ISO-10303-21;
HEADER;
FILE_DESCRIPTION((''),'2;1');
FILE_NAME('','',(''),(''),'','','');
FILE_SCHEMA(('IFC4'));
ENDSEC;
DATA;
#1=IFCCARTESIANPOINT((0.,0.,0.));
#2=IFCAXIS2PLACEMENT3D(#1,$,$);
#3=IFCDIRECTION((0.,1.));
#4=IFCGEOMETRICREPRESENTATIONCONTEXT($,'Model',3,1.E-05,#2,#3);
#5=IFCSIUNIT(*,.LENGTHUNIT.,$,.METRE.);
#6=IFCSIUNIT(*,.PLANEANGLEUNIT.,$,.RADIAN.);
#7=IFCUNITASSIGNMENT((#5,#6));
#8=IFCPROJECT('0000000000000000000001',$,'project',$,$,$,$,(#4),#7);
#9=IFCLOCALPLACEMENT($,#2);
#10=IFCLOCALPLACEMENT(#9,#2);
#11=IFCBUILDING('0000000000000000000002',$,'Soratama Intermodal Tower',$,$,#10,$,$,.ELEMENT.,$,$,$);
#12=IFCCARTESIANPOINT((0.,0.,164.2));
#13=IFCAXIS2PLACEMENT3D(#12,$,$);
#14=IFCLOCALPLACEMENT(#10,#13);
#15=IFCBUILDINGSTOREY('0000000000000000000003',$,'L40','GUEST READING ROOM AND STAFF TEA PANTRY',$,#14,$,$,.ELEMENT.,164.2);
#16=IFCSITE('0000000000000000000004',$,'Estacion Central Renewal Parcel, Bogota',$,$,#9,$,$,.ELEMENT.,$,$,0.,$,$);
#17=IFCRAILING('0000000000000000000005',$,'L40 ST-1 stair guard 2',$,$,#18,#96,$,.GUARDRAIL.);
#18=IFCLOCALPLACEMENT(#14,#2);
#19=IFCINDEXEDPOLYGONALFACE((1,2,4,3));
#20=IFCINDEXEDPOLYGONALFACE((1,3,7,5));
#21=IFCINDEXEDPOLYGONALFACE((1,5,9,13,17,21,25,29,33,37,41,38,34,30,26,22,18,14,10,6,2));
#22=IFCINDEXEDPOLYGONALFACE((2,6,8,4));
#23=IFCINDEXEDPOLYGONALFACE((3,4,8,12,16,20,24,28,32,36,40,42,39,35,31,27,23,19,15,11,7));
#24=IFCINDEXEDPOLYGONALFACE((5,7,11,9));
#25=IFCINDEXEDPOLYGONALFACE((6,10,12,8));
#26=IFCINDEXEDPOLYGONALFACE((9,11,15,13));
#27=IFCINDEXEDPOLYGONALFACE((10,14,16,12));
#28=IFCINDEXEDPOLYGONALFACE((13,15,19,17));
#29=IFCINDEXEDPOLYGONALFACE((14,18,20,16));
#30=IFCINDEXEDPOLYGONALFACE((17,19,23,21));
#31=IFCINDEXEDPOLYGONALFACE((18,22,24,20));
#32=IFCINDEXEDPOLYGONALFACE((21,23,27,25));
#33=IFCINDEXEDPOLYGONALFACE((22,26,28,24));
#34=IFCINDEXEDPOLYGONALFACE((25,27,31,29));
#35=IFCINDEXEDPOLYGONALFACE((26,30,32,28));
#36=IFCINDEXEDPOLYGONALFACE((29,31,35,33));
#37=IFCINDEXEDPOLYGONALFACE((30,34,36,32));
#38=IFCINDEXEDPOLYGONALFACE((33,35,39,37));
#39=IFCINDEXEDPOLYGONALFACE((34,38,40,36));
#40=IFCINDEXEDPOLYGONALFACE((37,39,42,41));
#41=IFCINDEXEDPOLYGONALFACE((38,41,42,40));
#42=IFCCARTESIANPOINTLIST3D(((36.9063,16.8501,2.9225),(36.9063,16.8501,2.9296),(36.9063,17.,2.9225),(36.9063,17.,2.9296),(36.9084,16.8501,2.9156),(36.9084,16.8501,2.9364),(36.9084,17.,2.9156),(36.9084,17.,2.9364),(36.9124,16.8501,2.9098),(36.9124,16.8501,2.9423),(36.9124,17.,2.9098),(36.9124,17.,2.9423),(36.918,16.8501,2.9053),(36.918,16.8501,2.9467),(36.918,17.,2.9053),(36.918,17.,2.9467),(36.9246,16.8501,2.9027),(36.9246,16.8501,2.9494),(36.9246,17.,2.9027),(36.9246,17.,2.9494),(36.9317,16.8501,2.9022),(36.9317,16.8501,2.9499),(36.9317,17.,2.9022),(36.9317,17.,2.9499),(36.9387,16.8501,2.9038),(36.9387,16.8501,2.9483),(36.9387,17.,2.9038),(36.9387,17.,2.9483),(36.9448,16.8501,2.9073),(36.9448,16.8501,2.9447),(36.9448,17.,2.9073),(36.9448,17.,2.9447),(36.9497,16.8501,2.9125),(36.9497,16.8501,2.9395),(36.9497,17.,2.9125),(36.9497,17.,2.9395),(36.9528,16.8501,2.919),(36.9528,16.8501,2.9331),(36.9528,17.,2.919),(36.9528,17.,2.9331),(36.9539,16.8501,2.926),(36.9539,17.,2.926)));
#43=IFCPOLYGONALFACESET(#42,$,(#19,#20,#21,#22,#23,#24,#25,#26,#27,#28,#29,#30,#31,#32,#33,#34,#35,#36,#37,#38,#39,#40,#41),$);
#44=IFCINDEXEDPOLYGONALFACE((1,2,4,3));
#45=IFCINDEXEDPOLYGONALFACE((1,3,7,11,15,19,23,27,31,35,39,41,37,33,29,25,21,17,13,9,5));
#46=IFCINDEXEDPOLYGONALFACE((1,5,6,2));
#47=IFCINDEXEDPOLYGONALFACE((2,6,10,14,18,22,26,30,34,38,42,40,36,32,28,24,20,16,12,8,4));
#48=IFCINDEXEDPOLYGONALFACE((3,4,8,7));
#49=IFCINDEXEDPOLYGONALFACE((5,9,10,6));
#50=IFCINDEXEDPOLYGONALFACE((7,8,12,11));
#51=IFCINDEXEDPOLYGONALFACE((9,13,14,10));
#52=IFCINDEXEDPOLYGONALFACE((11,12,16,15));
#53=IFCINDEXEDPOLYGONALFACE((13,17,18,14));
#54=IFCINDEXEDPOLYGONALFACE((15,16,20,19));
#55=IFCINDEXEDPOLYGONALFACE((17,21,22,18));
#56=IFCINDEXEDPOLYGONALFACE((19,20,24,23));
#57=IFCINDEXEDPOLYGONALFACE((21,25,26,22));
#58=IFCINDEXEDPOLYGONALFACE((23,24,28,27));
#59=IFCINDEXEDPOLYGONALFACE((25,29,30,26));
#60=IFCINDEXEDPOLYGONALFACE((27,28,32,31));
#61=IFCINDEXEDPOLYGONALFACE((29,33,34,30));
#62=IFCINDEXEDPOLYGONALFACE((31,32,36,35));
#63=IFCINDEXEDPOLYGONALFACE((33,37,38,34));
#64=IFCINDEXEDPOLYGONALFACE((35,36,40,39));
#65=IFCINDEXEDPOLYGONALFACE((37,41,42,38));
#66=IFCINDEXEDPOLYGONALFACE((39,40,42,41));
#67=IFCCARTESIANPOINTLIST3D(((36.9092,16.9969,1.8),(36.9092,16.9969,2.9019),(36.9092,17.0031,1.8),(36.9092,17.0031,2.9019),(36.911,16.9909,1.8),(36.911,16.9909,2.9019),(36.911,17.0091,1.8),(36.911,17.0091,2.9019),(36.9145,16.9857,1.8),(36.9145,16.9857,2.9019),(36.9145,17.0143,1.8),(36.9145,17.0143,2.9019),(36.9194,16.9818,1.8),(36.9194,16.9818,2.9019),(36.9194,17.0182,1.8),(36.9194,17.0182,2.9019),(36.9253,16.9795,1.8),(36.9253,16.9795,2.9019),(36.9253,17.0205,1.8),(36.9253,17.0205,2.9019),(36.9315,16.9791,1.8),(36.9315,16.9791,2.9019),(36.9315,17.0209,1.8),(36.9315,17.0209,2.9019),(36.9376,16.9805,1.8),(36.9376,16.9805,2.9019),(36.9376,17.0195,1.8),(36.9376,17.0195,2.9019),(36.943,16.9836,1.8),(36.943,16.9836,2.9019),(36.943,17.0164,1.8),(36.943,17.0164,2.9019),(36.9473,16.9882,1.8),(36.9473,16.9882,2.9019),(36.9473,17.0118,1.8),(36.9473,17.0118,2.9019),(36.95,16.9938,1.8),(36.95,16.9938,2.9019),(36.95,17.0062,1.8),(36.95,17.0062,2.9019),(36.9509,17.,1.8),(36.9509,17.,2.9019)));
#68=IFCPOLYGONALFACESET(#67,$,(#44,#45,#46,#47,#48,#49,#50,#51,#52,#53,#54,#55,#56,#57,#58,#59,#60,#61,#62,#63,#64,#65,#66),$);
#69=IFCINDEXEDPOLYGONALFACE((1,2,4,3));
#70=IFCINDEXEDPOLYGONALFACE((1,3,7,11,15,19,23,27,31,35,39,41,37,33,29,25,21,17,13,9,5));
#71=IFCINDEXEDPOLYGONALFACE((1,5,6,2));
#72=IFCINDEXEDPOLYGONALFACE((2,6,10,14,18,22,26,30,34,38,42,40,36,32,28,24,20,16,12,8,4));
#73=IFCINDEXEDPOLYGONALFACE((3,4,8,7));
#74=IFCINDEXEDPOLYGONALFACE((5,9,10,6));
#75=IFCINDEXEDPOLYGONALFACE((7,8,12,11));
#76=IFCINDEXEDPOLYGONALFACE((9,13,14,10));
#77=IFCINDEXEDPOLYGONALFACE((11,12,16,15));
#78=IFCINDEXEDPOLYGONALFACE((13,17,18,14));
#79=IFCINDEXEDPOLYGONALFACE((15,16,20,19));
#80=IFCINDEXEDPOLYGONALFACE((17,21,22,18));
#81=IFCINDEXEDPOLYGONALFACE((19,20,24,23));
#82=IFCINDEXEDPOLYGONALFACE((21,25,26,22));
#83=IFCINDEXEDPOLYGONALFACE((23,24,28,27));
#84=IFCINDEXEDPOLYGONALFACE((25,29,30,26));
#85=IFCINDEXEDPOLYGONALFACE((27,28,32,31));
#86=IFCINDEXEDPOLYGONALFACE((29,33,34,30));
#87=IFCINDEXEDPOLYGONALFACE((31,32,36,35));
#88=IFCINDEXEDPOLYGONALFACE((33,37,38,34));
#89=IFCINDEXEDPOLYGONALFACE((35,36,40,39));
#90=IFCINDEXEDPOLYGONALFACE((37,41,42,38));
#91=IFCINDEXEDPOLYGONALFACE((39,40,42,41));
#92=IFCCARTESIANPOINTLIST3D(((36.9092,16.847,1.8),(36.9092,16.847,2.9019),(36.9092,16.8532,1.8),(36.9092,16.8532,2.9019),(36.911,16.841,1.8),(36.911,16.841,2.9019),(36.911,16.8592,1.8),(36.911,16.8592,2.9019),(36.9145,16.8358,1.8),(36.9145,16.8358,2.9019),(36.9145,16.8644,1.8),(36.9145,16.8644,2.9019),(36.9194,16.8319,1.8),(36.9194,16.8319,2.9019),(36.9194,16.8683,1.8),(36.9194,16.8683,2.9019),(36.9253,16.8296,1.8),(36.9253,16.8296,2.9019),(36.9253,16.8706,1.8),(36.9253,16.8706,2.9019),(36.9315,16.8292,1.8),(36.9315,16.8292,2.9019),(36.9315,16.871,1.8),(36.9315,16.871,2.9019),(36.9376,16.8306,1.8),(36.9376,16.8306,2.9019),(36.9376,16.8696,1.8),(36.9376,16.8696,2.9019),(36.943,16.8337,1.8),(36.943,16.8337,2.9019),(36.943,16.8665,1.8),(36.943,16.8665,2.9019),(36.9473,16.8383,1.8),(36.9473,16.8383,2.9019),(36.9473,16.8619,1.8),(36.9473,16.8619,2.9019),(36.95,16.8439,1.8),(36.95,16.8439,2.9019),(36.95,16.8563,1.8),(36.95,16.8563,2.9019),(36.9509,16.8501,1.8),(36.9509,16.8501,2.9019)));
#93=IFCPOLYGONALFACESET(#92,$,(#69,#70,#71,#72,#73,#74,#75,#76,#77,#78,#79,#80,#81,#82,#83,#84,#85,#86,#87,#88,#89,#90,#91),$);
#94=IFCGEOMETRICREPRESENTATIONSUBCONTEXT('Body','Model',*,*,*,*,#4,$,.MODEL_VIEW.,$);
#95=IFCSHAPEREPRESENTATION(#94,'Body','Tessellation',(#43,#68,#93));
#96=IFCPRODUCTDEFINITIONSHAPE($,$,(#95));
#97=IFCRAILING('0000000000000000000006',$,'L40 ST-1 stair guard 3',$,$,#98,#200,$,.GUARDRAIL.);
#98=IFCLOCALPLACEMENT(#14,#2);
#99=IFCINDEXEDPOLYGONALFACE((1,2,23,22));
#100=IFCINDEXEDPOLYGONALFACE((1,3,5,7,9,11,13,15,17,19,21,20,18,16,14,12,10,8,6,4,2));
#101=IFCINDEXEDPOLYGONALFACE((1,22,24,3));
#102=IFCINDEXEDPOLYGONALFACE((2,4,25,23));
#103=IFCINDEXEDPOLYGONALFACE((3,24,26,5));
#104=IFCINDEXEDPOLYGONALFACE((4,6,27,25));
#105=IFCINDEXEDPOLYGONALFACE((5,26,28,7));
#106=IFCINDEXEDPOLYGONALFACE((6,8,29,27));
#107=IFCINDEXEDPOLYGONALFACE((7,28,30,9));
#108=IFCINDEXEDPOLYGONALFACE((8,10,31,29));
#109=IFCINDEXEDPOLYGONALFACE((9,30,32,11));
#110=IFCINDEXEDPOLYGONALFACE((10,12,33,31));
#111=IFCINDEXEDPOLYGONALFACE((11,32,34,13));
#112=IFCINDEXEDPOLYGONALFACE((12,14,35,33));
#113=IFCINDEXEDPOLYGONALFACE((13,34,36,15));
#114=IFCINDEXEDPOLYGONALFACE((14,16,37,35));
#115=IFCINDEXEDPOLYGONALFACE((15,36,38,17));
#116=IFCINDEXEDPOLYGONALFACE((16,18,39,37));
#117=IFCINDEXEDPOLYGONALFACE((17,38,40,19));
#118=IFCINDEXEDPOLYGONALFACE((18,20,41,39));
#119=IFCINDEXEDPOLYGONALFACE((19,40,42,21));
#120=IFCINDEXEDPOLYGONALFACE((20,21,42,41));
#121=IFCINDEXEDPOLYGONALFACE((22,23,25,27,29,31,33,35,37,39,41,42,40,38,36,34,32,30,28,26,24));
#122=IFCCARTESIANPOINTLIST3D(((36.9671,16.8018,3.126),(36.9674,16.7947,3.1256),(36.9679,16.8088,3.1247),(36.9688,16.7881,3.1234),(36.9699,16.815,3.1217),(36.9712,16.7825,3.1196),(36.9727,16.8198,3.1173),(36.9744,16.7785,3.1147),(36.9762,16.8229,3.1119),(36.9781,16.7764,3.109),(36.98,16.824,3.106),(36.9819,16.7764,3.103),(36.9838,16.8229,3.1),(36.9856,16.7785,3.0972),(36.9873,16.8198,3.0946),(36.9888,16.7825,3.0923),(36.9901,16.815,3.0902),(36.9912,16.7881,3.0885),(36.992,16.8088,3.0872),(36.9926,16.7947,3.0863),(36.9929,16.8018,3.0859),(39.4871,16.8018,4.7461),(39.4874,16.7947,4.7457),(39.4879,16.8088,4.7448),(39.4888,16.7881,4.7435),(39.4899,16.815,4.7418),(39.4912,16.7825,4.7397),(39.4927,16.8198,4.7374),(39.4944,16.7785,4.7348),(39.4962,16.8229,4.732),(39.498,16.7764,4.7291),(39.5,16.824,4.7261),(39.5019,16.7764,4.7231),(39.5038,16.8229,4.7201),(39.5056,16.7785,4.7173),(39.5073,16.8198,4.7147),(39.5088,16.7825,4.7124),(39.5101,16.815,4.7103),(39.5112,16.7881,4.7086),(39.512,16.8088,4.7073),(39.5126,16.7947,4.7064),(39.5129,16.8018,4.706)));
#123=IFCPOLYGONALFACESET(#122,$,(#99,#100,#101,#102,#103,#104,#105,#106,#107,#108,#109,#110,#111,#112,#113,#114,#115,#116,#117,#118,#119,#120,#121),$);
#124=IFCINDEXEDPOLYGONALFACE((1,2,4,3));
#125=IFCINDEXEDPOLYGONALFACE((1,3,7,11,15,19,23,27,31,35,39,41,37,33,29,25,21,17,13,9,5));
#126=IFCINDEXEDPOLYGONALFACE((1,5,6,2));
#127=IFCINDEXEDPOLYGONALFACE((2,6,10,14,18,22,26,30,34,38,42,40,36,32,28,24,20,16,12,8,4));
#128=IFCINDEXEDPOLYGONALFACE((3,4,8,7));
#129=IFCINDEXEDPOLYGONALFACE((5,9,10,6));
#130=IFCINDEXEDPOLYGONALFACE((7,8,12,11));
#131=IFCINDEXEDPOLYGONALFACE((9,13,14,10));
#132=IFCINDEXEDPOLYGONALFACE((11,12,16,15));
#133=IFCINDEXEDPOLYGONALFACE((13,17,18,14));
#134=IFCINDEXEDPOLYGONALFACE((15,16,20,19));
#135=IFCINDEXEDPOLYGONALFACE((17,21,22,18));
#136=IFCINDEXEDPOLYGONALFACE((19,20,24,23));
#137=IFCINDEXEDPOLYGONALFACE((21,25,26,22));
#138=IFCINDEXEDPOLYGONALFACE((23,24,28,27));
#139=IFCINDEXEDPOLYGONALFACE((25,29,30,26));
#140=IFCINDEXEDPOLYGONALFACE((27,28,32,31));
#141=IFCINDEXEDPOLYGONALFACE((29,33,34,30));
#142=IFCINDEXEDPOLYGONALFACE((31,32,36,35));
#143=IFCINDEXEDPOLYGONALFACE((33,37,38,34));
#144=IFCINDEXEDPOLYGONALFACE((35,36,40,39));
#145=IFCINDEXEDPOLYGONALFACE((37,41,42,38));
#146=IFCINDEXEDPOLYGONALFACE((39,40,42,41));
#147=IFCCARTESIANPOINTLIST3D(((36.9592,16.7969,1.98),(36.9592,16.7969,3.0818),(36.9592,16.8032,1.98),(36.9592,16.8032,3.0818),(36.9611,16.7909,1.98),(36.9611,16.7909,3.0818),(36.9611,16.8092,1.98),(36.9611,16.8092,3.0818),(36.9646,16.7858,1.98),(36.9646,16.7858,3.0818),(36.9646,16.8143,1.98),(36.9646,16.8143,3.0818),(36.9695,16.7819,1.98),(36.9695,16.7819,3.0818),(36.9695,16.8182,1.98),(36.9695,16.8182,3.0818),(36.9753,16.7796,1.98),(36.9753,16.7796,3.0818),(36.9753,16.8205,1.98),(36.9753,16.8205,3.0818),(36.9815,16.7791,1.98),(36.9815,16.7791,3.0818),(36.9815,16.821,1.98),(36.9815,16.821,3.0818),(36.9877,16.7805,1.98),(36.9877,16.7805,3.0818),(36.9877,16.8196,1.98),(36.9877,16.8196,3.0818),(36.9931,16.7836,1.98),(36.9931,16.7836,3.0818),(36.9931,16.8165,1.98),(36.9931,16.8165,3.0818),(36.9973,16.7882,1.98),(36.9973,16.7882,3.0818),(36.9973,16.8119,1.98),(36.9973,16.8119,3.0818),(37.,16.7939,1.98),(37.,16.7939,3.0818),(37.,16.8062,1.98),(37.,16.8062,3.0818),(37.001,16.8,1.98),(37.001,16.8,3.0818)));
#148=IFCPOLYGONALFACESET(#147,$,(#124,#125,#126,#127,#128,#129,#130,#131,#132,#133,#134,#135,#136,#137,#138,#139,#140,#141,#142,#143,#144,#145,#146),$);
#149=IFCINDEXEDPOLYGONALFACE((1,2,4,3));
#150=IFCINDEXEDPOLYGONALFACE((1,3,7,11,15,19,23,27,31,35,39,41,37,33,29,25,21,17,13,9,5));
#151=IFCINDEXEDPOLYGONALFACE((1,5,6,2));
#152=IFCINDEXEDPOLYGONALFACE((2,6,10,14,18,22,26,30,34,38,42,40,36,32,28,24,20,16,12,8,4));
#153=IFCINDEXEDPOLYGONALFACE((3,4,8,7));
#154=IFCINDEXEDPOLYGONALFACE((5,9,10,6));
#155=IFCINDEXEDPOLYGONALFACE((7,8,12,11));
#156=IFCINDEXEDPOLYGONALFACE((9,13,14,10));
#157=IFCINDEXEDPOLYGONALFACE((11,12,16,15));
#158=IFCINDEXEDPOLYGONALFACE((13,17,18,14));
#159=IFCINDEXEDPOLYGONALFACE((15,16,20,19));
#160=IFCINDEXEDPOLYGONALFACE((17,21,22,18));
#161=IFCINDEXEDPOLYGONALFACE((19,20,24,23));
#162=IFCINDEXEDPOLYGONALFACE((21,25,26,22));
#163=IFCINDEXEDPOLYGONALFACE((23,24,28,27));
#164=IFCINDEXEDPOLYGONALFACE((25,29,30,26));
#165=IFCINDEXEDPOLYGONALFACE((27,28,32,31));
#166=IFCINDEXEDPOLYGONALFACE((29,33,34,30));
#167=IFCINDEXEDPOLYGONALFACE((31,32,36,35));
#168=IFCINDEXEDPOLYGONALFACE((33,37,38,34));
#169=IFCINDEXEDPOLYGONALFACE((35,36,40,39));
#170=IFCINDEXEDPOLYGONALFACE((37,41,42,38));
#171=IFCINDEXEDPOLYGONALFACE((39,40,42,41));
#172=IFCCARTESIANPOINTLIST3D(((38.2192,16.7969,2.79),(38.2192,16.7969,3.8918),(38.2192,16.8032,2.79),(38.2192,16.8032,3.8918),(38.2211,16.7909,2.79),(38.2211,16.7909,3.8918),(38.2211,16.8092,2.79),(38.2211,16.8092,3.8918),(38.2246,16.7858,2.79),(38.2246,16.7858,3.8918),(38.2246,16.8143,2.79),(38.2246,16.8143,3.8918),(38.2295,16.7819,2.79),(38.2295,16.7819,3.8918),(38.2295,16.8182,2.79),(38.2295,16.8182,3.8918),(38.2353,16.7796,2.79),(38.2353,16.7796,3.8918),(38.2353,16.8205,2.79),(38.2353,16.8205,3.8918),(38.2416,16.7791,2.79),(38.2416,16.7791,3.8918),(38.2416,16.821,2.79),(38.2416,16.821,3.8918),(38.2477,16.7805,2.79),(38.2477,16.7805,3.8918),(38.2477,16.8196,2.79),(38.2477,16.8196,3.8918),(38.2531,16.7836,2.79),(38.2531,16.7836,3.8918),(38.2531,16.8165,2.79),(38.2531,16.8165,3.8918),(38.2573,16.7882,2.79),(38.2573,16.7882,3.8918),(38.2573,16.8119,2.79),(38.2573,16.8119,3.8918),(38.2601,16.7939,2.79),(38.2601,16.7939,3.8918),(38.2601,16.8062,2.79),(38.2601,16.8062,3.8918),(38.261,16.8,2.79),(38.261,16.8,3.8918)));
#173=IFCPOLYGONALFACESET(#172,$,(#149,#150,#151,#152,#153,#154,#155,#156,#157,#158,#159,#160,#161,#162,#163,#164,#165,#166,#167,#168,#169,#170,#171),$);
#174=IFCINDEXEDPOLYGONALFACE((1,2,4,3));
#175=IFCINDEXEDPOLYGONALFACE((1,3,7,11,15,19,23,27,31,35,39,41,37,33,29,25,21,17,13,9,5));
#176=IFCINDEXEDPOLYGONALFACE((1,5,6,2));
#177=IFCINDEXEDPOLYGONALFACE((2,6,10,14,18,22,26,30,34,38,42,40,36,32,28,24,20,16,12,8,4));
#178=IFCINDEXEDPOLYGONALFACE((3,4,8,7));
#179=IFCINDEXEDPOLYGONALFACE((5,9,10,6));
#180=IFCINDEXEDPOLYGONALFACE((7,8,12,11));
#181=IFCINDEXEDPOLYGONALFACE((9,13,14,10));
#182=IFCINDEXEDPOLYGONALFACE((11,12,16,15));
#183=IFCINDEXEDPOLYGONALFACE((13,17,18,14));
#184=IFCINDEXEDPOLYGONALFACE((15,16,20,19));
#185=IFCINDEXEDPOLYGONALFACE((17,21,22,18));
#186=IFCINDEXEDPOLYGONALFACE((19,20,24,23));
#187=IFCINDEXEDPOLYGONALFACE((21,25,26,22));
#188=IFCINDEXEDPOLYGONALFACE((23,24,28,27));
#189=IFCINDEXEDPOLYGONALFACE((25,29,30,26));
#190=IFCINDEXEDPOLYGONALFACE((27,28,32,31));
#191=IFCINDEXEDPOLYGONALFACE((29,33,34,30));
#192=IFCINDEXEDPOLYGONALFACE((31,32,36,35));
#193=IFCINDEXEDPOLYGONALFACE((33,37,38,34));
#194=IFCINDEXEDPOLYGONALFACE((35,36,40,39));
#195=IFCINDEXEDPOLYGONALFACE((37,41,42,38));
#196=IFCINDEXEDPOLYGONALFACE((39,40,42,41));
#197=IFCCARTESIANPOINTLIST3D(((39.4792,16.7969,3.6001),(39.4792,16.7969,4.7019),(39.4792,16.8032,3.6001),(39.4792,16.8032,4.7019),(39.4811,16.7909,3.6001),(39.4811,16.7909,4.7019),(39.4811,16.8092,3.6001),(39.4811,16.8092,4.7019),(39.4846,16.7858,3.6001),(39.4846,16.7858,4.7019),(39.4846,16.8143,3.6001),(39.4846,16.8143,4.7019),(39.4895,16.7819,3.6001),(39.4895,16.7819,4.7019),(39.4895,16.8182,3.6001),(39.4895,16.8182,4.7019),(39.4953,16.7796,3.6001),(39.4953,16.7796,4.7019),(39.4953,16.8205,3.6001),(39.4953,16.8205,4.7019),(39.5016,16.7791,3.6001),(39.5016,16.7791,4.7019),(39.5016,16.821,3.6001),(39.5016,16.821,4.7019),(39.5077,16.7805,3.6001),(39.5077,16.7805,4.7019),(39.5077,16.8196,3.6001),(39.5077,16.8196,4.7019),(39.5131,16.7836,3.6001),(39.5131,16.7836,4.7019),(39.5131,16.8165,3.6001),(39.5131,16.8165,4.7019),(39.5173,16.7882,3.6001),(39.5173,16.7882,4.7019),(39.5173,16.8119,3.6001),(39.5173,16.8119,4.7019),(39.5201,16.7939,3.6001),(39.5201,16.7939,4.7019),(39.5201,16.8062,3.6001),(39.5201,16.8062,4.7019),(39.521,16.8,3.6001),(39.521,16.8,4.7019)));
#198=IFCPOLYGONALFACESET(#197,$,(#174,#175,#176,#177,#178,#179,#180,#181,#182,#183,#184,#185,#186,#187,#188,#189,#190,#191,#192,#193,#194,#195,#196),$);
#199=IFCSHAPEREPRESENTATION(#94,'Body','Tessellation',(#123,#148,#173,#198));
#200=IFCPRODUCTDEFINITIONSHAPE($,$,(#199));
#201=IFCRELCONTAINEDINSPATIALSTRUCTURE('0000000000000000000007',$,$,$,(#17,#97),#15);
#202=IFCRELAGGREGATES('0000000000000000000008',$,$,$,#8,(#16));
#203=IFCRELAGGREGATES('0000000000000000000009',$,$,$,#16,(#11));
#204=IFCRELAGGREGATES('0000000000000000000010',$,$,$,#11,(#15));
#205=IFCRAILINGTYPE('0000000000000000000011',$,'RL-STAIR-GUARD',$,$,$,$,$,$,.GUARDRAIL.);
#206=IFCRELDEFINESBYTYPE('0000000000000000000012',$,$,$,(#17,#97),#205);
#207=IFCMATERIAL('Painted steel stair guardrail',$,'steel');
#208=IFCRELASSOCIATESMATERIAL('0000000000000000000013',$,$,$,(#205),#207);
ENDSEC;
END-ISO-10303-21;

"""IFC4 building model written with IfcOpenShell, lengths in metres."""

from ifc_helpers import new_model, si_unit, direction, frame, origin, origin_2d, place, context, subcontext, project, spatial, circle, extrude, material, type_object, element, save


model = new_model("IFC4")

# Units and contexts
model_context = context("Model", 3, precision=1e-05, world=origin(), true_north=direction((0.0, 1.0)))
body_context = subcontext(model_context, "Body", "Model", "MODEL_VIEW")
ifc_project = project(units=[si_unit("LENGTHUNIT", "METRE"), si_unit("PLANEANGLEUNIT", "RADIAN")], contexts=[model_context])

# Site, building, storey
site_placement = place(None, origin())
site = spatial("IfcSite", under=ifc_project, at=site_placement, Name="Estacion Central Renewal Parcel, Bogota", CompositionType="ELEMENT", RefElevation=0.0)
building_placement = place(site_placement, origin())
building = spatial("IfcBuilding", under=site, at=building_placement, Name="Soratama Intermodal Tower", CompositionType="ELEMENT")
storey_placement = place(building_placement, frame((0.0, 0.0, 164.2)))
storey = spatial("IfcBuildingStorey", under=building, at=storey_placement, Name="L40", Description="GUEST READING ROOM AND STAFF TEA PANTRY", CompositionType="ELEMENT", Elevation=164.2)

# Railings
ifc_material_1 = material(Name="Painted steel stair guardrail", Category="steel")
railing_type_1 = type_object("IfcRailingType", Name="RL-STAIR-GUARD", PredefinedType="GUARDRAIL", material=ifc_material_1)
railing_1_placement = place(storey_placement, frame((36.9299, 17.0, 1.8)))
element("IfcRailing", 1, at=railing_1_placement, inside=storey, type_object=railing_type_1, Name="L40 ST-1 stair guard 2", PredefinedType="GUARDRAIL", context=body_context, shape_type="SweptSolid", body=[
    extrude(circle(Radius=0.0239, at=origin_2d()), frame((0.0, 0.0, 1.126), z_axis=(0.0, -1.0, 0.0), x_axis=(1.0, 0.0, 0.0)), (0.0, 0.0, 1.0), 0.1499),
    extrude(circle(Radius=0.021, at=origin_2d()), origin(), (0.0, 0.0, 1.0), 1.1018),
    extrude(circle(Radius=0.021, at=origin_2d()), frame((0.0, -0.1499, 0.0)), (0.0, 0.0, 1.0), 1.1018),
])
railing_2_placement = place(storey_placement, frame((36.98, 16.8, 1.98)))
element("IfcRailing", 2, at=railing_2_placement, inside=storey, type_object=railing_type_1, Name="L40 ST-1 stair guard 3", PredefinedType="GUARDRAIL", context=body_context, shape_type="SweptSolid", body=[
    extrude(circle(Radius=0.0239, at=origin_2d()), frame((0.0, 0.0, 1.126), z_axis=(0.841163, 0.0, 0.540782), x_axis=(0.0, 1.0, 0.0)), (0.0, 0.0, 1.0), 2.9958),
    extrude(circle(Radius=0.021, at=origin_2d()), origin(), (0.0, 0.0, 1.0), 1.1018),
    extrude(circle(Radius=0.021, at=origin_2d()), frame((1.26, 0.0, 0.8101)), (0.0, 0.0, 1.0), 1.1018),
    extrude(circle(Radius=0.021, at=origin_2d()), frame((2.52, 0.0, 1.6201)), (0.0, 0.0, 1.0), 1.1018),
])

save(model, "model.ifc")
